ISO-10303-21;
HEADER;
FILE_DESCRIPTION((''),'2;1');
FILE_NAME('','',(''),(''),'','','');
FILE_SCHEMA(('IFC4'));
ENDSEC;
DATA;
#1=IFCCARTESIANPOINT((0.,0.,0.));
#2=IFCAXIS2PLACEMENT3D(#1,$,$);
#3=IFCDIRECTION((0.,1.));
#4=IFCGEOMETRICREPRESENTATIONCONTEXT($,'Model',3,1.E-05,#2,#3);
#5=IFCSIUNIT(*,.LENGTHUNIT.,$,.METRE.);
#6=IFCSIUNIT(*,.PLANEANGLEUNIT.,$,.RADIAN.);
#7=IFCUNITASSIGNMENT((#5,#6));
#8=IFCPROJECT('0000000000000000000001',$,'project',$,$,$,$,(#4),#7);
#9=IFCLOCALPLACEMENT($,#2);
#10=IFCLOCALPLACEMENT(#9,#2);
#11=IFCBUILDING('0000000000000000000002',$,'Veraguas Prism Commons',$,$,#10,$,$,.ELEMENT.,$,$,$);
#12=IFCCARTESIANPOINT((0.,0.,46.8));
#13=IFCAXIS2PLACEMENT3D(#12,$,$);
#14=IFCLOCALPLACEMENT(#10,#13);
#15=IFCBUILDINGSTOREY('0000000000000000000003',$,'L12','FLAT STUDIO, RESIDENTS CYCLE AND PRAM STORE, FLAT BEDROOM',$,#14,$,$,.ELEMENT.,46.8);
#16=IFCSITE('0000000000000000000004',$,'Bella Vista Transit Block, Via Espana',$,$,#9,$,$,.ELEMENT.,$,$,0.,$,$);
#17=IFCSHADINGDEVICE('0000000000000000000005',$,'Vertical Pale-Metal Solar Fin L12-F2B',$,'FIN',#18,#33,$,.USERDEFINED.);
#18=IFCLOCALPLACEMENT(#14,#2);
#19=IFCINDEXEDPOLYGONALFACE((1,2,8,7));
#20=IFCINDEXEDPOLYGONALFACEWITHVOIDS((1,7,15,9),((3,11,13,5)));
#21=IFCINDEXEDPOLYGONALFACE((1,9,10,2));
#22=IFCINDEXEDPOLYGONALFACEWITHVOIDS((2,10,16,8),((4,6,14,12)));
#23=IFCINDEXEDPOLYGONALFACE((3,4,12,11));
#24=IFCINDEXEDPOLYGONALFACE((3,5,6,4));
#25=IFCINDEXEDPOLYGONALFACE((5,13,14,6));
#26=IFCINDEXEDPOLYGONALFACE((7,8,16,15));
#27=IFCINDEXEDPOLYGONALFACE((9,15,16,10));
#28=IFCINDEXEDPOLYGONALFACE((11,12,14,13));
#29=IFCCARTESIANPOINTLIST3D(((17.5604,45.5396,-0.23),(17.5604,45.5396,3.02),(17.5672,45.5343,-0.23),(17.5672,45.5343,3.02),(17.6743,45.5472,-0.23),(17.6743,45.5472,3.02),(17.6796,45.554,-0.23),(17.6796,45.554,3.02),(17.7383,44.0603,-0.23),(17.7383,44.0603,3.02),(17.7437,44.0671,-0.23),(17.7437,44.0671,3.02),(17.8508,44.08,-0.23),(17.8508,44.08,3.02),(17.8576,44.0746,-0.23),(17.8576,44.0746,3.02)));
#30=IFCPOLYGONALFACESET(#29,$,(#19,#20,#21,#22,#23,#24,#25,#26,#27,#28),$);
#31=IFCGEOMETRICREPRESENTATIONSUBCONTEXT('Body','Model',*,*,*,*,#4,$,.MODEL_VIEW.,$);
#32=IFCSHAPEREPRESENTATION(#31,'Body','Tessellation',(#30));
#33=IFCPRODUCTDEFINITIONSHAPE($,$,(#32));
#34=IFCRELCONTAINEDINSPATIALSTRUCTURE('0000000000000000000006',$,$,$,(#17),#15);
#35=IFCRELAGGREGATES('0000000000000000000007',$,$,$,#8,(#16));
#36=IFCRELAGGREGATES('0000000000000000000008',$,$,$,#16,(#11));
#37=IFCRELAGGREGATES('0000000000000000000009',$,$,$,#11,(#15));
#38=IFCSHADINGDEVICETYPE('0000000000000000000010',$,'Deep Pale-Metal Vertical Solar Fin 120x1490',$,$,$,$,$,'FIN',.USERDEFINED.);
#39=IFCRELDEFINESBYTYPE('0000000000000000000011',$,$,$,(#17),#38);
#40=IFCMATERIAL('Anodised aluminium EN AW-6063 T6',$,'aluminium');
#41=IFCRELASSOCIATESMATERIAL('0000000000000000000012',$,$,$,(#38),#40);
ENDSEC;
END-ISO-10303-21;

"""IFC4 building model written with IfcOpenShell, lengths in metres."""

from ifc_helpers import new_model, si_unit, direction, frame, origin, origin_2d, place, context, subcontext, project, spatial, hollow_rectangle, extrude, material, material_profile, profile_set, type_object, element, save


model = new_model("IFC4")

# Units and contexts
model_context = context("Model", 3, precision=1e-05, world=origin(), true_north=direction((0.0, 1.0)))
body_context = subcontext(model_context, "Body", "Model", "MODEL_VIEW")
ifc_project = project(units=[si_unit("LENGTHUNIT", "METRE"), si_unit("PLANEANGLEUNIT", "RADIAN")], contexts=[model_context])

# Site, building, storey
site_placement = place(None, origin())
site = spatial("IfcSite", under=ifc_project, at=site_placement, Name="Bella Vista Transit Block, Via Espana", CompositionType="ELEMENT", RefElevation=0.0)
building_placement = place(site_placement, origin())
building = spatial("IfcBuilding", under=site, at=building_placement, Name="Veraguas Prism Commons", CompositionType="ELEMENT")
storey_placement = place(building_placement, frame((0.0, 0.0, 46.8)))
storey = spatial("IfcBuildingStorey", under=building, at=storey_placement, Name="L12", Description="FLAT STUDIO, RESIDENTS CYCLE AND PRAM STORE, FLAT BEDROOM", CompositionType="ELEMENT", Elevation=46.8)

# Shared definitions
ifc_material_1 = material(Name="Anodised aluminium EN AW-6063 T6", Category="aluminium")

# Shading device
ifc_material_profile_1 = material_profile(ifc_material_1, hollow_rectangle(XDim=0.1201, YDim=1.49, WallThickness=0.0061, at=origin_2d()), Name="FIN120X1490X6")
ifc_profile_set_1 = profile_set([ifc_material_profile_1], Name="Anodised aluminium EN AW-6063 T6")
shading_device_type = type_object("IfcShadingDeviceType", Name="Deep Pale-Metal Vertical Solar Fin 120x1490", ElementType="FIN", PredefinedType="USERDEFINED", material=ifc_profile_set_1)
shading_device_placement = place(storey_placement, frame((17.709, 44.8071, -0.23), z_axis=(0.0, 0.0, 1.0), x_axis=(-0.992841, -0.119444, 0.0)))
element("IfcShadingDevice", 1, at=shading_device_placement, inside=storey, type_object=shading_device_type, Name="Vertical Pale-Metal Solar Fin L12-F2B", ObjectType="FIN", PredefinedType="USERDEFINED", context=body_context, shape_type="SweptSolid", body=[
    extrude(hollow_rectangle(XDim=0.1201, YDim=1.49, WallThickness=0.0061, at=origin_2d()), origin(), (0.0, 0.0, 1.0), 3.25),
])

save(model, "model.ifc")
